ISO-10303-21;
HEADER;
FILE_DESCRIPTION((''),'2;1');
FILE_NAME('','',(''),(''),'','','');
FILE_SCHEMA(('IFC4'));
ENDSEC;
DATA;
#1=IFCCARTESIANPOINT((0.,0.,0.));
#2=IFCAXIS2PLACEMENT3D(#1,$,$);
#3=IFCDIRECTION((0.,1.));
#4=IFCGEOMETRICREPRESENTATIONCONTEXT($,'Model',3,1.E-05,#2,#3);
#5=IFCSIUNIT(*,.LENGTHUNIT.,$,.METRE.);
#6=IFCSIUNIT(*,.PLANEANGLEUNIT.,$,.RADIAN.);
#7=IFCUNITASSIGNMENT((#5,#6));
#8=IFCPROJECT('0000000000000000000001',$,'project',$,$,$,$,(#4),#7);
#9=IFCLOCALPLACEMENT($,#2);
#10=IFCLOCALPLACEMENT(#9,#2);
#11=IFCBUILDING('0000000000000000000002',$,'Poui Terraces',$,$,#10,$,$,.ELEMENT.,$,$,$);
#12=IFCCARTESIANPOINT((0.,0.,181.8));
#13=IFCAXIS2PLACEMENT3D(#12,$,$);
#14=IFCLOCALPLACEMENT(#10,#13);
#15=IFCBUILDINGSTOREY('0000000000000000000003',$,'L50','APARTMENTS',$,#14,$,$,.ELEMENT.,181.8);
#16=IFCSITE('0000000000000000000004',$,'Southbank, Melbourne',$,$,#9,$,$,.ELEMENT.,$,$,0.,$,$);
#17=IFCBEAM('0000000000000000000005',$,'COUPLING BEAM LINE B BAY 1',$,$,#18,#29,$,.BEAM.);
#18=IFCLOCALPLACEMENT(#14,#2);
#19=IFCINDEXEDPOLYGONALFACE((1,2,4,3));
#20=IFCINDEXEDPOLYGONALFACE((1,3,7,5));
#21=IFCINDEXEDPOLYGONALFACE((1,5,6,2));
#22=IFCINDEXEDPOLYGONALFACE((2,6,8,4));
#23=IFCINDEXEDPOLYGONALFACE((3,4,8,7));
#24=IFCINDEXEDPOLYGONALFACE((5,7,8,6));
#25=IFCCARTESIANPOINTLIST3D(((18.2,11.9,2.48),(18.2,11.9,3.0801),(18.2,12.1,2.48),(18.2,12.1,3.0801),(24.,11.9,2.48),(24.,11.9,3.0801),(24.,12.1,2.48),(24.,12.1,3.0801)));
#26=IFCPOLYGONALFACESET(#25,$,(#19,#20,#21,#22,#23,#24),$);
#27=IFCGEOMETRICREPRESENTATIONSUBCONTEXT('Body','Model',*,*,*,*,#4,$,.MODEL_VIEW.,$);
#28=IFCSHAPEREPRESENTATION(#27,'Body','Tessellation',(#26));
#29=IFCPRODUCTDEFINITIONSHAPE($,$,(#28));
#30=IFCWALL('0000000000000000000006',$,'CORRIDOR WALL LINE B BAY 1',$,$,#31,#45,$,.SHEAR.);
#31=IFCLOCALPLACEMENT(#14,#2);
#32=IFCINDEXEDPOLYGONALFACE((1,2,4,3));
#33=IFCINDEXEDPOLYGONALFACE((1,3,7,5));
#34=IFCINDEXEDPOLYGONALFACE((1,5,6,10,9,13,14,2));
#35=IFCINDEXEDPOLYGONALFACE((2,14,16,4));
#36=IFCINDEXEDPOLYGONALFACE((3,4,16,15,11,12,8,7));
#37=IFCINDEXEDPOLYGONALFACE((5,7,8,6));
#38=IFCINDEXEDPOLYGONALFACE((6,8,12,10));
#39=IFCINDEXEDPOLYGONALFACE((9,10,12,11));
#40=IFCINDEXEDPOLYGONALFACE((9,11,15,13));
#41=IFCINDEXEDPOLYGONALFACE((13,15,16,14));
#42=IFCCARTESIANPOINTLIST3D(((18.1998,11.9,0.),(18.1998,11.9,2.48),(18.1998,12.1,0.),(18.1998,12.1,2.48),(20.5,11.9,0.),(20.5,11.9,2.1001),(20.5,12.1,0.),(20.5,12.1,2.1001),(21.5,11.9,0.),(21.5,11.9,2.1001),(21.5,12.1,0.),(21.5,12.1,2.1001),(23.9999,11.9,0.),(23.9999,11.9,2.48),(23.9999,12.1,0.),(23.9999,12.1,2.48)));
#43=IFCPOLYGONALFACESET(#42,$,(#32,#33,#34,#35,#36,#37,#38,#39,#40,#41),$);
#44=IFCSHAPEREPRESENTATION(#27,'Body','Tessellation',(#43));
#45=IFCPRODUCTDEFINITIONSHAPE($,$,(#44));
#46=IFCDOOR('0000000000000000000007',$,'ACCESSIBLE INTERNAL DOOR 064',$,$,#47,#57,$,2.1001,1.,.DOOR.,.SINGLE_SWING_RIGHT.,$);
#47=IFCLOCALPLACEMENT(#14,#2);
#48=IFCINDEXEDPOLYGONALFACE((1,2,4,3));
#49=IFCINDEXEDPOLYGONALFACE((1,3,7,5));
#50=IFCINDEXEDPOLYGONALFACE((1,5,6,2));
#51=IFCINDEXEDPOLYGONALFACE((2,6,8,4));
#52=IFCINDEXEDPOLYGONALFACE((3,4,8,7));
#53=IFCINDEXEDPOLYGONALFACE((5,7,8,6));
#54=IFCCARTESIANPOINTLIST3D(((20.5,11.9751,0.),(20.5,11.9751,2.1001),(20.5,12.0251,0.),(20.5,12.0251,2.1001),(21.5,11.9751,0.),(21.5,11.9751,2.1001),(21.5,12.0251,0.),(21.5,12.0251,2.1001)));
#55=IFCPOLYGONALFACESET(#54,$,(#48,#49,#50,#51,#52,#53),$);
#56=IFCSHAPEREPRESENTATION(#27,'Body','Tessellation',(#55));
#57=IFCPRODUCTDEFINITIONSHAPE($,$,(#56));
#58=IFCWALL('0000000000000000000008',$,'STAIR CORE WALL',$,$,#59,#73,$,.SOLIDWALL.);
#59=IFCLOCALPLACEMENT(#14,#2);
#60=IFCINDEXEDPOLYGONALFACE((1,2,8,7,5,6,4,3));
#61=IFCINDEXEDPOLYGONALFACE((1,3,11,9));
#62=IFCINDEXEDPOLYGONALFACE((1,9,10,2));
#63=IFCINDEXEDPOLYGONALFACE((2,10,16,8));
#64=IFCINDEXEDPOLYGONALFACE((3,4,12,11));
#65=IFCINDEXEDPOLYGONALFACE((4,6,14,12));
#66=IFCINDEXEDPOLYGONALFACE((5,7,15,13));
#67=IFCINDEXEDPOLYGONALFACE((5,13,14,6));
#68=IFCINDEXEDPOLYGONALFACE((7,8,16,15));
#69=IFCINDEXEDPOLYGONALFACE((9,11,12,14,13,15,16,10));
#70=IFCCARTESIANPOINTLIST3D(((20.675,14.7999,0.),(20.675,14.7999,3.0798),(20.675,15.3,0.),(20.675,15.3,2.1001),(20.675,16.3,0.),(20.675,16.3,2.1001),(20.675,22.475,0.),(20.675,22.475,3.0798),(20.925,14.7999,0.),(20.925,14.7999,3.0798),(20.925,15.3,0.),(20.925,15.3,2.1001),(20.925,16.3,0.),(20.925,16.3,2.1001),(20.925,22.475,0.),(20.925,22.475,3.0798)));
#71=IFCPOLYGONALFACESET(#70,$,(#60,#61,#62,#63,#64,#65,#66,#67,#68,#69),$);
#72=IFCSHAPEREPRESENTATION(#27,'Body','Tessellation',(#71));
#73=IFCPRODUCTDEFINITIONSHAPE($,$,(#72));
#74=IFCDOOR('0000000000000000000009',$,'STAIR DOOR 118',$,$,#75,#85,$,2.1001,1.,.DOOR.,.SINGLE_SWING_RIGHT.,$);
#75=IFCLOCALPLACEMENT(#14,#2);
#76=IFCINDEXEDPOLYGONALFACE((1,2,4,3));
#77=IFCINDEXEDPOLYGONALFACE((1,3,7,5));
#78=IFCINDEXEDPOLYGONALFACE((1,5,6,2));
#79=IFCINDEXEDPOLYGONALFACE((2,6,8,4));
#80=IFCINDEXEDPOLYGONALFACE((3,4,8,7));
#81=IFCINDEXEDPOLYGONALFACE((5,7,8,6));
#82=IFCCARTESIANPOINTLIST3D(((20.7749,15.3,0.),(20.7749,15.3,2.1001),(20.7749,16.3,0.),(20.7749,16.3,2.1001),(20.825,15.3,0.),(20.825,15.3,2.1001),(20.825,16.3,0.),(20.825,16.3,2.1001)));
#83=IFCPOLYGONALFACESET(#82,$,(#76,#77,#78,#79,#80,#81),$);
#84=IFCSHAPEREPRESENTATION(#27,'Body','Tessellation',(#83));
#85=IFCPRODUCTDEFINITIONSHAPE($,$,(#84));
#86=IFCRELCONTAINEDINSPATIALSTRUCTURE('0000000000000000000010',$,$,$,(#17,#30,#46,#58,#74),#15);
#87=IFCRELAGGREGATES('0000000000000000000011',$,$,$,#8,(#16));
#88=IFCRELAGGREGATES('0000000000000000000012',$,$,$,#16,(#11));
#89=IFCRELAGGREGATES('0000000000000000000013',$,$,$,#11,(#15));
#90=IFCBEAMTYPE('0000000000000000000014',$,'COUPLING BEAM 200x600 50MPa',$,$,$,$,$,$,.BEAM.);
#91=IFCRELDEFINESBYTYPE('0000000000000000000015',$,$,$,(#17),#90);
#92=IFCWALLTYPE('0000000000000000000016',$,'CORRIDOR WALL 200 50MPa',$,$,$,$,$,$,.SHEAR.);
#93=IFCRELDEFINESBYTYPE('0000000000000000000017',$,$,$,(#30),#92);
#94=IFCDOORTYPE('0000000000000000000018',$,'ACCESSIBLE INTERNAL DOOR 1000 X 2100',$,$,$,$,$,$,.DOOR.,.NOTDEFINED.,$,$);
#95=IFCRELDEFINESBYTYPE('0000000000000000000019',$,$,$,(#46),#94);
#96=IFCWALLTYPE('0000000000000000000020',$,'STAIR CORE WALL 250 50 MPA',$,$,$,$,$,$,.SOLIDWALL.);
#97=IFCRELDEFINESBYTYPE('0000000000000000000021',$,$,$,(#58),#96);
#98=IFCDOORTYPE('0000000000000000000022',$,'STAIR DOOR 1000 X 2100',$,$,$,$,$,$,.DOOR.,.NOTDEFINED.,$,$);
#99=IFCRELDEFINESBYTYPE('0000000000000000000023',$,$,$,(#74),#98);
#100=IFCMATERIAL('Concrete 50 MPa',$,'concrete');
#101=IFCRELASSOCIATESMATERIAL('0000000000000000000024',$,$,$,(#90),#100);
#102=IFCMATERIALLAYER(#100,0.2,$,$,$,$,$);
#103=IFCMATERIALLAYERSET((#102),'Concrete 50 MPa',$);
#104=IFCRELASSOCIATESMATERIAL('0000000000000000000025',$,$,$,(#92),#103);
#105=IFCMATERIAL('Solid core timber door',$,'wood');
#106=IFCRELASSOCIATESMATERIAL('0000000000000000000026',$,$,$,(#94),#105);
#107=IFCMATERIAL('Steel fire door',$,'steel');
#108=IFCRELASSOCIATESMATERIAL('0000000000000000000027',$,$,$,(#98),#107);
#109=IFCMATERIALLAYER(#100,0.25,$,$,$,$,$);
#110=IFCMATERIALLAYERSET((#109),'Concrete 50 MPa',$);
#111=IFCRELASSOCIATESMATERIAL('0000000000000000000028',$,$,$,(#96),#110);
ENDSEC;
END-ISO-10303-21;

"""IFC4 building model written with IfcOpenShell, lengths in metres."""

from ifc_helpers import new_model, si_unit, direction, frame, frame_2d, origin, origin_2d, place, context, subcontext, project, spatial, rectangle, extrude, source, transform, mapped, material, layer, layer_set, material_profile, profile_set, type_object, element, fill, save


model = new_model("IFC4")

# Units and contexts
model_context = context("Model", 3, precision=1e-05, world=origin(), true_north=direction((0.0, 1.0)))
body_context = subcontext(model_context, "Body", "Model", "MODEL_VIEW")
ifc_project = project(units=[si_unit("LENGTHUNIT", "METRE"), si_unit("PLANEANGLEUNIT", "RADIAN")], contexts=[model_context])

# Site, building, storey
site_placement = place(None, origin())
site = spatial("IfcSite", under=ifc_project, at=site_placement, Name="Southbank, Melbourne", CompositionType="ELEMENT", RefElevation=0.0)
building_placement = place(site_placement, origin())
building = spatial("IfcBuilding", under=site, at=building_placement, Name="Poui Terraces", CompositionType="ELEMENT")
storey_placement = place(building_placement, frame((0.0, 0.0, 181.8)))
storey = spatial("IfcBuildingStorey", under=building, at=storey_placement, Name="L50", Description="APARTMENTS", CompositionType="ELEMENT", Elevation=181.8)

# Beam
ifc_material_1 = material(Name="Concrete 50 MPa", Category="concrete")
ifc_material_profile = material_profile(ifc_material_1, rectangle(XDim=0.2, YDim=0.6001, at=origin_2d()), Name="RC 200x600")
ifc_profile_set = profile_set([ifc_material_profile], Name="Concrete 50 MPa")
beam_type = type_object("IfcBeamType", Name="COUPLING BEAM 200x600 50MPa", PredefinedType="BEAM", material=ifc_profile_set)
shared_shape = source(origin(), body_context, "Body", "SweptSolid", [
    extrude(rectangle(XDim=0.2, YDim=0.6001, at=origin_2d()), origin(), (0.0, 0.0, 1.0), 5.8),
])
beam_placement = place(storey_placement, frame((18.2, 12.0, 2.78), z_axis=(1.0, 0.0, 0.0), x_axis=(0.0, 1.0, 0.0)))
element("IfcBeam", 1, at=beam_placement, inside=storey, type_object=beam_type, Name="COUPLING BEAM LINE B BAY 1", PredefinedType="BEAM", context=body_context, shape_type="MappedRepresentation", body=[
    mapped(shared_shape, transform((0.0, 0.0, 0.0))),
])

# Wall, opening, door
ifc_layer_1 = layer(ifc_material_1, 0.2)
ifc_layer_set_1 = layer_set([ifc_layer_1], Name="Concrete 50 MPa")
wall_type_1 = type_object("IfcWallType", Name="CORRIDOR WALL 200 50MPa", PredefinedType="SHEAR", material=ifc_layer_set_1)
wall_1_placement = place(storey_placement, frame((18.2, 12.0, 0.0), z_axis=(0.0, 0.0, 1.0), x_axis=(1.0, 0.0, 0.0)))
wall_1 = element("IfcWall", 2, at=wall_1_placement, inside=storey, type_object=wall_type_1, Name="CORRIDOR WALL LINE B BAY 1", PredefinedType="SHEAR", context=body_context, shape_type="SweptSolid", body=[
    extrude(rectangle(XDim=5.8, YDim=0.2, at=frame_2d((2.8999, 0.0))), origin(), (0.0, 0.0, 1.0), 2.48),
])
opening_1_placement = place(wall_1_placement, frame((2.3, 0.0, 0.0)))
opening_1 = element("IfcOpeningElement", 3, at=opening_1_placement, cuts=wall_1, PredefinedType="OPENING", context=body_context, shape_type="SweptSolid", body=[
    extrude(rectangle(XDim=1.0, YDim=2.1001, at=frame_2d((0.5, 1.05))), frame((0.0, 0.1099, 0.0), z_axis=(0.0, -1.0, 0.0), x_axis=(1.0, 0.0, 0.0)), (0.0, 0.0, 1.0), 0.22),
])
ifc_material_2 = material(Name="Solid core timber door", Category="wood")
door_type_1 = type_object("IfcDoorType", Name="ACCESSIBLE INTERNAL DOOR 1000 X 2100", OperationType="NOTDEFINED", PredefinedType="DOOR", material=ifc_material_2)
door_1_placement = place(opening_1_placement, frame((1.0, 0.0, 0.0), z_axis=(0.0, 0.0, 1.0), x_axis=(-1.0, 0.0, 0.0)))
door_1 = element("IfcDoor", 4, at=door_1_placement, inside=storey, type_object=door_type_1, Name="ACCESSIBLE INTERNAL DOOR 064", OperationType="SINGLE_SWING_RIGHT", OverallHeight=2.1001, OverallWidth=1.0, PredefinedType="DOOR", context=body_context, shape_type="SweptSolid", body=[
    extrude(rectangle(XDim=1.0, YDim=2.1001, at=frame_2d((0.5, 1.05))), frame((0.0, 0.0249, 0.0), z_axis=(0.0, -1.0, 0.0), x_axis=(1.0, 0.0, 0.0)), (0.0, 0.0, 1.0), 0.05),
])
fill(opening_1, door_1)

# Shared definitions
ifc_material_3 = material(Name="Steel fire door", Category="steel")
door_type_2 = type_object("IfcDoorType", Name="STAIR DOOR 1000 X 2100", OperationType="NOTDEFINED", PredefinedType="DOOR", material=ifc_material_3)

# Wall, opening, door
ifc_layer_2 = layer(ifc_material_1, 0.25)
ifc_layer_set_2 = layer_set([ifc_layer_2], Name="Concrete 50 MPa")
wall_type_2 = type_object("IfcWallType", Name="STAIR CORE WALL 250 50 MPA", PredefinedType="SOLIDWALL", material=ifc_layer_set_2)
wall_2_placement = place(storey_placement, frame((20.8, 14.8, 0.0), z_axis=(0.0, 0.0, 1.0), x_axis=(0.0, 1.0, 0.0)))
wall_2 = element("IfcWall", 5, at=wall_2_placement, inside=storey, type_object=wall_type_2, Name="STAIR CORE WALL", PredefinedType="SOLIDWALL", context=body_context, shape_type="SweptSolid", body=[
    extrude(rectangle(XDim=7.675, YDim=0.25, at=frame_2d((3.8374, 0.0))), origin(), (0.0, 0.0, 1.0), 3.0798),
])
opening_2_placement = place(wall_2_placement, frame((0.5, 0.0, 0.0)))
opening_2 = element("IfcOpeningElement", 6, at=opening_2_placement, cuts=wall_2, PredefinedType="OPENING", context=body_context, shape_type="SweptSolid", body=[
    extrude(rectangle(XDim=1.0, YDim=2.1001, at=frame_2d((0.5, 1.05))), frame((0.0, 0.135, 0.0), z_axis=(0.0, -1.0, 0.0), x_axis=(1.0, 0.0, 0.0)), (0.0, 0.0, 1.0), 0.27),
])
door_2_placement = place(opening_2_placement, frame((1.0, 0.0, 0.0), z_axis=(0.0, 0.0, 1.0), x_axis=(-1.0, 0.0, 0.0)))
door_2 = element("IfcDoor", 7, at=door_2_placement, inside=storey, type_object=door_type_2, Name="STAIR DOOR 118", OperationType="SINGLE_SWING_RIGHT", OverallHeight=2.1001, OverallWidth=1.0, PredefinedType="DOOR", context=body_context, shape_type="SweptSolid", body=[
    extrude(rectangle(XDim=1.0, YDim=2.1001, at=frame_2d((0.5, 1.05))), frame((0.0, 0.0249, 0.0), z_axis=(0.0, -1.0, 0.0), x_axis=(1.0, 0.0, 0.0)), (0.0, 0.0, 1.0), 0.05),
])
fill(opening_2, door_2)

save(model, "model.ifc")
